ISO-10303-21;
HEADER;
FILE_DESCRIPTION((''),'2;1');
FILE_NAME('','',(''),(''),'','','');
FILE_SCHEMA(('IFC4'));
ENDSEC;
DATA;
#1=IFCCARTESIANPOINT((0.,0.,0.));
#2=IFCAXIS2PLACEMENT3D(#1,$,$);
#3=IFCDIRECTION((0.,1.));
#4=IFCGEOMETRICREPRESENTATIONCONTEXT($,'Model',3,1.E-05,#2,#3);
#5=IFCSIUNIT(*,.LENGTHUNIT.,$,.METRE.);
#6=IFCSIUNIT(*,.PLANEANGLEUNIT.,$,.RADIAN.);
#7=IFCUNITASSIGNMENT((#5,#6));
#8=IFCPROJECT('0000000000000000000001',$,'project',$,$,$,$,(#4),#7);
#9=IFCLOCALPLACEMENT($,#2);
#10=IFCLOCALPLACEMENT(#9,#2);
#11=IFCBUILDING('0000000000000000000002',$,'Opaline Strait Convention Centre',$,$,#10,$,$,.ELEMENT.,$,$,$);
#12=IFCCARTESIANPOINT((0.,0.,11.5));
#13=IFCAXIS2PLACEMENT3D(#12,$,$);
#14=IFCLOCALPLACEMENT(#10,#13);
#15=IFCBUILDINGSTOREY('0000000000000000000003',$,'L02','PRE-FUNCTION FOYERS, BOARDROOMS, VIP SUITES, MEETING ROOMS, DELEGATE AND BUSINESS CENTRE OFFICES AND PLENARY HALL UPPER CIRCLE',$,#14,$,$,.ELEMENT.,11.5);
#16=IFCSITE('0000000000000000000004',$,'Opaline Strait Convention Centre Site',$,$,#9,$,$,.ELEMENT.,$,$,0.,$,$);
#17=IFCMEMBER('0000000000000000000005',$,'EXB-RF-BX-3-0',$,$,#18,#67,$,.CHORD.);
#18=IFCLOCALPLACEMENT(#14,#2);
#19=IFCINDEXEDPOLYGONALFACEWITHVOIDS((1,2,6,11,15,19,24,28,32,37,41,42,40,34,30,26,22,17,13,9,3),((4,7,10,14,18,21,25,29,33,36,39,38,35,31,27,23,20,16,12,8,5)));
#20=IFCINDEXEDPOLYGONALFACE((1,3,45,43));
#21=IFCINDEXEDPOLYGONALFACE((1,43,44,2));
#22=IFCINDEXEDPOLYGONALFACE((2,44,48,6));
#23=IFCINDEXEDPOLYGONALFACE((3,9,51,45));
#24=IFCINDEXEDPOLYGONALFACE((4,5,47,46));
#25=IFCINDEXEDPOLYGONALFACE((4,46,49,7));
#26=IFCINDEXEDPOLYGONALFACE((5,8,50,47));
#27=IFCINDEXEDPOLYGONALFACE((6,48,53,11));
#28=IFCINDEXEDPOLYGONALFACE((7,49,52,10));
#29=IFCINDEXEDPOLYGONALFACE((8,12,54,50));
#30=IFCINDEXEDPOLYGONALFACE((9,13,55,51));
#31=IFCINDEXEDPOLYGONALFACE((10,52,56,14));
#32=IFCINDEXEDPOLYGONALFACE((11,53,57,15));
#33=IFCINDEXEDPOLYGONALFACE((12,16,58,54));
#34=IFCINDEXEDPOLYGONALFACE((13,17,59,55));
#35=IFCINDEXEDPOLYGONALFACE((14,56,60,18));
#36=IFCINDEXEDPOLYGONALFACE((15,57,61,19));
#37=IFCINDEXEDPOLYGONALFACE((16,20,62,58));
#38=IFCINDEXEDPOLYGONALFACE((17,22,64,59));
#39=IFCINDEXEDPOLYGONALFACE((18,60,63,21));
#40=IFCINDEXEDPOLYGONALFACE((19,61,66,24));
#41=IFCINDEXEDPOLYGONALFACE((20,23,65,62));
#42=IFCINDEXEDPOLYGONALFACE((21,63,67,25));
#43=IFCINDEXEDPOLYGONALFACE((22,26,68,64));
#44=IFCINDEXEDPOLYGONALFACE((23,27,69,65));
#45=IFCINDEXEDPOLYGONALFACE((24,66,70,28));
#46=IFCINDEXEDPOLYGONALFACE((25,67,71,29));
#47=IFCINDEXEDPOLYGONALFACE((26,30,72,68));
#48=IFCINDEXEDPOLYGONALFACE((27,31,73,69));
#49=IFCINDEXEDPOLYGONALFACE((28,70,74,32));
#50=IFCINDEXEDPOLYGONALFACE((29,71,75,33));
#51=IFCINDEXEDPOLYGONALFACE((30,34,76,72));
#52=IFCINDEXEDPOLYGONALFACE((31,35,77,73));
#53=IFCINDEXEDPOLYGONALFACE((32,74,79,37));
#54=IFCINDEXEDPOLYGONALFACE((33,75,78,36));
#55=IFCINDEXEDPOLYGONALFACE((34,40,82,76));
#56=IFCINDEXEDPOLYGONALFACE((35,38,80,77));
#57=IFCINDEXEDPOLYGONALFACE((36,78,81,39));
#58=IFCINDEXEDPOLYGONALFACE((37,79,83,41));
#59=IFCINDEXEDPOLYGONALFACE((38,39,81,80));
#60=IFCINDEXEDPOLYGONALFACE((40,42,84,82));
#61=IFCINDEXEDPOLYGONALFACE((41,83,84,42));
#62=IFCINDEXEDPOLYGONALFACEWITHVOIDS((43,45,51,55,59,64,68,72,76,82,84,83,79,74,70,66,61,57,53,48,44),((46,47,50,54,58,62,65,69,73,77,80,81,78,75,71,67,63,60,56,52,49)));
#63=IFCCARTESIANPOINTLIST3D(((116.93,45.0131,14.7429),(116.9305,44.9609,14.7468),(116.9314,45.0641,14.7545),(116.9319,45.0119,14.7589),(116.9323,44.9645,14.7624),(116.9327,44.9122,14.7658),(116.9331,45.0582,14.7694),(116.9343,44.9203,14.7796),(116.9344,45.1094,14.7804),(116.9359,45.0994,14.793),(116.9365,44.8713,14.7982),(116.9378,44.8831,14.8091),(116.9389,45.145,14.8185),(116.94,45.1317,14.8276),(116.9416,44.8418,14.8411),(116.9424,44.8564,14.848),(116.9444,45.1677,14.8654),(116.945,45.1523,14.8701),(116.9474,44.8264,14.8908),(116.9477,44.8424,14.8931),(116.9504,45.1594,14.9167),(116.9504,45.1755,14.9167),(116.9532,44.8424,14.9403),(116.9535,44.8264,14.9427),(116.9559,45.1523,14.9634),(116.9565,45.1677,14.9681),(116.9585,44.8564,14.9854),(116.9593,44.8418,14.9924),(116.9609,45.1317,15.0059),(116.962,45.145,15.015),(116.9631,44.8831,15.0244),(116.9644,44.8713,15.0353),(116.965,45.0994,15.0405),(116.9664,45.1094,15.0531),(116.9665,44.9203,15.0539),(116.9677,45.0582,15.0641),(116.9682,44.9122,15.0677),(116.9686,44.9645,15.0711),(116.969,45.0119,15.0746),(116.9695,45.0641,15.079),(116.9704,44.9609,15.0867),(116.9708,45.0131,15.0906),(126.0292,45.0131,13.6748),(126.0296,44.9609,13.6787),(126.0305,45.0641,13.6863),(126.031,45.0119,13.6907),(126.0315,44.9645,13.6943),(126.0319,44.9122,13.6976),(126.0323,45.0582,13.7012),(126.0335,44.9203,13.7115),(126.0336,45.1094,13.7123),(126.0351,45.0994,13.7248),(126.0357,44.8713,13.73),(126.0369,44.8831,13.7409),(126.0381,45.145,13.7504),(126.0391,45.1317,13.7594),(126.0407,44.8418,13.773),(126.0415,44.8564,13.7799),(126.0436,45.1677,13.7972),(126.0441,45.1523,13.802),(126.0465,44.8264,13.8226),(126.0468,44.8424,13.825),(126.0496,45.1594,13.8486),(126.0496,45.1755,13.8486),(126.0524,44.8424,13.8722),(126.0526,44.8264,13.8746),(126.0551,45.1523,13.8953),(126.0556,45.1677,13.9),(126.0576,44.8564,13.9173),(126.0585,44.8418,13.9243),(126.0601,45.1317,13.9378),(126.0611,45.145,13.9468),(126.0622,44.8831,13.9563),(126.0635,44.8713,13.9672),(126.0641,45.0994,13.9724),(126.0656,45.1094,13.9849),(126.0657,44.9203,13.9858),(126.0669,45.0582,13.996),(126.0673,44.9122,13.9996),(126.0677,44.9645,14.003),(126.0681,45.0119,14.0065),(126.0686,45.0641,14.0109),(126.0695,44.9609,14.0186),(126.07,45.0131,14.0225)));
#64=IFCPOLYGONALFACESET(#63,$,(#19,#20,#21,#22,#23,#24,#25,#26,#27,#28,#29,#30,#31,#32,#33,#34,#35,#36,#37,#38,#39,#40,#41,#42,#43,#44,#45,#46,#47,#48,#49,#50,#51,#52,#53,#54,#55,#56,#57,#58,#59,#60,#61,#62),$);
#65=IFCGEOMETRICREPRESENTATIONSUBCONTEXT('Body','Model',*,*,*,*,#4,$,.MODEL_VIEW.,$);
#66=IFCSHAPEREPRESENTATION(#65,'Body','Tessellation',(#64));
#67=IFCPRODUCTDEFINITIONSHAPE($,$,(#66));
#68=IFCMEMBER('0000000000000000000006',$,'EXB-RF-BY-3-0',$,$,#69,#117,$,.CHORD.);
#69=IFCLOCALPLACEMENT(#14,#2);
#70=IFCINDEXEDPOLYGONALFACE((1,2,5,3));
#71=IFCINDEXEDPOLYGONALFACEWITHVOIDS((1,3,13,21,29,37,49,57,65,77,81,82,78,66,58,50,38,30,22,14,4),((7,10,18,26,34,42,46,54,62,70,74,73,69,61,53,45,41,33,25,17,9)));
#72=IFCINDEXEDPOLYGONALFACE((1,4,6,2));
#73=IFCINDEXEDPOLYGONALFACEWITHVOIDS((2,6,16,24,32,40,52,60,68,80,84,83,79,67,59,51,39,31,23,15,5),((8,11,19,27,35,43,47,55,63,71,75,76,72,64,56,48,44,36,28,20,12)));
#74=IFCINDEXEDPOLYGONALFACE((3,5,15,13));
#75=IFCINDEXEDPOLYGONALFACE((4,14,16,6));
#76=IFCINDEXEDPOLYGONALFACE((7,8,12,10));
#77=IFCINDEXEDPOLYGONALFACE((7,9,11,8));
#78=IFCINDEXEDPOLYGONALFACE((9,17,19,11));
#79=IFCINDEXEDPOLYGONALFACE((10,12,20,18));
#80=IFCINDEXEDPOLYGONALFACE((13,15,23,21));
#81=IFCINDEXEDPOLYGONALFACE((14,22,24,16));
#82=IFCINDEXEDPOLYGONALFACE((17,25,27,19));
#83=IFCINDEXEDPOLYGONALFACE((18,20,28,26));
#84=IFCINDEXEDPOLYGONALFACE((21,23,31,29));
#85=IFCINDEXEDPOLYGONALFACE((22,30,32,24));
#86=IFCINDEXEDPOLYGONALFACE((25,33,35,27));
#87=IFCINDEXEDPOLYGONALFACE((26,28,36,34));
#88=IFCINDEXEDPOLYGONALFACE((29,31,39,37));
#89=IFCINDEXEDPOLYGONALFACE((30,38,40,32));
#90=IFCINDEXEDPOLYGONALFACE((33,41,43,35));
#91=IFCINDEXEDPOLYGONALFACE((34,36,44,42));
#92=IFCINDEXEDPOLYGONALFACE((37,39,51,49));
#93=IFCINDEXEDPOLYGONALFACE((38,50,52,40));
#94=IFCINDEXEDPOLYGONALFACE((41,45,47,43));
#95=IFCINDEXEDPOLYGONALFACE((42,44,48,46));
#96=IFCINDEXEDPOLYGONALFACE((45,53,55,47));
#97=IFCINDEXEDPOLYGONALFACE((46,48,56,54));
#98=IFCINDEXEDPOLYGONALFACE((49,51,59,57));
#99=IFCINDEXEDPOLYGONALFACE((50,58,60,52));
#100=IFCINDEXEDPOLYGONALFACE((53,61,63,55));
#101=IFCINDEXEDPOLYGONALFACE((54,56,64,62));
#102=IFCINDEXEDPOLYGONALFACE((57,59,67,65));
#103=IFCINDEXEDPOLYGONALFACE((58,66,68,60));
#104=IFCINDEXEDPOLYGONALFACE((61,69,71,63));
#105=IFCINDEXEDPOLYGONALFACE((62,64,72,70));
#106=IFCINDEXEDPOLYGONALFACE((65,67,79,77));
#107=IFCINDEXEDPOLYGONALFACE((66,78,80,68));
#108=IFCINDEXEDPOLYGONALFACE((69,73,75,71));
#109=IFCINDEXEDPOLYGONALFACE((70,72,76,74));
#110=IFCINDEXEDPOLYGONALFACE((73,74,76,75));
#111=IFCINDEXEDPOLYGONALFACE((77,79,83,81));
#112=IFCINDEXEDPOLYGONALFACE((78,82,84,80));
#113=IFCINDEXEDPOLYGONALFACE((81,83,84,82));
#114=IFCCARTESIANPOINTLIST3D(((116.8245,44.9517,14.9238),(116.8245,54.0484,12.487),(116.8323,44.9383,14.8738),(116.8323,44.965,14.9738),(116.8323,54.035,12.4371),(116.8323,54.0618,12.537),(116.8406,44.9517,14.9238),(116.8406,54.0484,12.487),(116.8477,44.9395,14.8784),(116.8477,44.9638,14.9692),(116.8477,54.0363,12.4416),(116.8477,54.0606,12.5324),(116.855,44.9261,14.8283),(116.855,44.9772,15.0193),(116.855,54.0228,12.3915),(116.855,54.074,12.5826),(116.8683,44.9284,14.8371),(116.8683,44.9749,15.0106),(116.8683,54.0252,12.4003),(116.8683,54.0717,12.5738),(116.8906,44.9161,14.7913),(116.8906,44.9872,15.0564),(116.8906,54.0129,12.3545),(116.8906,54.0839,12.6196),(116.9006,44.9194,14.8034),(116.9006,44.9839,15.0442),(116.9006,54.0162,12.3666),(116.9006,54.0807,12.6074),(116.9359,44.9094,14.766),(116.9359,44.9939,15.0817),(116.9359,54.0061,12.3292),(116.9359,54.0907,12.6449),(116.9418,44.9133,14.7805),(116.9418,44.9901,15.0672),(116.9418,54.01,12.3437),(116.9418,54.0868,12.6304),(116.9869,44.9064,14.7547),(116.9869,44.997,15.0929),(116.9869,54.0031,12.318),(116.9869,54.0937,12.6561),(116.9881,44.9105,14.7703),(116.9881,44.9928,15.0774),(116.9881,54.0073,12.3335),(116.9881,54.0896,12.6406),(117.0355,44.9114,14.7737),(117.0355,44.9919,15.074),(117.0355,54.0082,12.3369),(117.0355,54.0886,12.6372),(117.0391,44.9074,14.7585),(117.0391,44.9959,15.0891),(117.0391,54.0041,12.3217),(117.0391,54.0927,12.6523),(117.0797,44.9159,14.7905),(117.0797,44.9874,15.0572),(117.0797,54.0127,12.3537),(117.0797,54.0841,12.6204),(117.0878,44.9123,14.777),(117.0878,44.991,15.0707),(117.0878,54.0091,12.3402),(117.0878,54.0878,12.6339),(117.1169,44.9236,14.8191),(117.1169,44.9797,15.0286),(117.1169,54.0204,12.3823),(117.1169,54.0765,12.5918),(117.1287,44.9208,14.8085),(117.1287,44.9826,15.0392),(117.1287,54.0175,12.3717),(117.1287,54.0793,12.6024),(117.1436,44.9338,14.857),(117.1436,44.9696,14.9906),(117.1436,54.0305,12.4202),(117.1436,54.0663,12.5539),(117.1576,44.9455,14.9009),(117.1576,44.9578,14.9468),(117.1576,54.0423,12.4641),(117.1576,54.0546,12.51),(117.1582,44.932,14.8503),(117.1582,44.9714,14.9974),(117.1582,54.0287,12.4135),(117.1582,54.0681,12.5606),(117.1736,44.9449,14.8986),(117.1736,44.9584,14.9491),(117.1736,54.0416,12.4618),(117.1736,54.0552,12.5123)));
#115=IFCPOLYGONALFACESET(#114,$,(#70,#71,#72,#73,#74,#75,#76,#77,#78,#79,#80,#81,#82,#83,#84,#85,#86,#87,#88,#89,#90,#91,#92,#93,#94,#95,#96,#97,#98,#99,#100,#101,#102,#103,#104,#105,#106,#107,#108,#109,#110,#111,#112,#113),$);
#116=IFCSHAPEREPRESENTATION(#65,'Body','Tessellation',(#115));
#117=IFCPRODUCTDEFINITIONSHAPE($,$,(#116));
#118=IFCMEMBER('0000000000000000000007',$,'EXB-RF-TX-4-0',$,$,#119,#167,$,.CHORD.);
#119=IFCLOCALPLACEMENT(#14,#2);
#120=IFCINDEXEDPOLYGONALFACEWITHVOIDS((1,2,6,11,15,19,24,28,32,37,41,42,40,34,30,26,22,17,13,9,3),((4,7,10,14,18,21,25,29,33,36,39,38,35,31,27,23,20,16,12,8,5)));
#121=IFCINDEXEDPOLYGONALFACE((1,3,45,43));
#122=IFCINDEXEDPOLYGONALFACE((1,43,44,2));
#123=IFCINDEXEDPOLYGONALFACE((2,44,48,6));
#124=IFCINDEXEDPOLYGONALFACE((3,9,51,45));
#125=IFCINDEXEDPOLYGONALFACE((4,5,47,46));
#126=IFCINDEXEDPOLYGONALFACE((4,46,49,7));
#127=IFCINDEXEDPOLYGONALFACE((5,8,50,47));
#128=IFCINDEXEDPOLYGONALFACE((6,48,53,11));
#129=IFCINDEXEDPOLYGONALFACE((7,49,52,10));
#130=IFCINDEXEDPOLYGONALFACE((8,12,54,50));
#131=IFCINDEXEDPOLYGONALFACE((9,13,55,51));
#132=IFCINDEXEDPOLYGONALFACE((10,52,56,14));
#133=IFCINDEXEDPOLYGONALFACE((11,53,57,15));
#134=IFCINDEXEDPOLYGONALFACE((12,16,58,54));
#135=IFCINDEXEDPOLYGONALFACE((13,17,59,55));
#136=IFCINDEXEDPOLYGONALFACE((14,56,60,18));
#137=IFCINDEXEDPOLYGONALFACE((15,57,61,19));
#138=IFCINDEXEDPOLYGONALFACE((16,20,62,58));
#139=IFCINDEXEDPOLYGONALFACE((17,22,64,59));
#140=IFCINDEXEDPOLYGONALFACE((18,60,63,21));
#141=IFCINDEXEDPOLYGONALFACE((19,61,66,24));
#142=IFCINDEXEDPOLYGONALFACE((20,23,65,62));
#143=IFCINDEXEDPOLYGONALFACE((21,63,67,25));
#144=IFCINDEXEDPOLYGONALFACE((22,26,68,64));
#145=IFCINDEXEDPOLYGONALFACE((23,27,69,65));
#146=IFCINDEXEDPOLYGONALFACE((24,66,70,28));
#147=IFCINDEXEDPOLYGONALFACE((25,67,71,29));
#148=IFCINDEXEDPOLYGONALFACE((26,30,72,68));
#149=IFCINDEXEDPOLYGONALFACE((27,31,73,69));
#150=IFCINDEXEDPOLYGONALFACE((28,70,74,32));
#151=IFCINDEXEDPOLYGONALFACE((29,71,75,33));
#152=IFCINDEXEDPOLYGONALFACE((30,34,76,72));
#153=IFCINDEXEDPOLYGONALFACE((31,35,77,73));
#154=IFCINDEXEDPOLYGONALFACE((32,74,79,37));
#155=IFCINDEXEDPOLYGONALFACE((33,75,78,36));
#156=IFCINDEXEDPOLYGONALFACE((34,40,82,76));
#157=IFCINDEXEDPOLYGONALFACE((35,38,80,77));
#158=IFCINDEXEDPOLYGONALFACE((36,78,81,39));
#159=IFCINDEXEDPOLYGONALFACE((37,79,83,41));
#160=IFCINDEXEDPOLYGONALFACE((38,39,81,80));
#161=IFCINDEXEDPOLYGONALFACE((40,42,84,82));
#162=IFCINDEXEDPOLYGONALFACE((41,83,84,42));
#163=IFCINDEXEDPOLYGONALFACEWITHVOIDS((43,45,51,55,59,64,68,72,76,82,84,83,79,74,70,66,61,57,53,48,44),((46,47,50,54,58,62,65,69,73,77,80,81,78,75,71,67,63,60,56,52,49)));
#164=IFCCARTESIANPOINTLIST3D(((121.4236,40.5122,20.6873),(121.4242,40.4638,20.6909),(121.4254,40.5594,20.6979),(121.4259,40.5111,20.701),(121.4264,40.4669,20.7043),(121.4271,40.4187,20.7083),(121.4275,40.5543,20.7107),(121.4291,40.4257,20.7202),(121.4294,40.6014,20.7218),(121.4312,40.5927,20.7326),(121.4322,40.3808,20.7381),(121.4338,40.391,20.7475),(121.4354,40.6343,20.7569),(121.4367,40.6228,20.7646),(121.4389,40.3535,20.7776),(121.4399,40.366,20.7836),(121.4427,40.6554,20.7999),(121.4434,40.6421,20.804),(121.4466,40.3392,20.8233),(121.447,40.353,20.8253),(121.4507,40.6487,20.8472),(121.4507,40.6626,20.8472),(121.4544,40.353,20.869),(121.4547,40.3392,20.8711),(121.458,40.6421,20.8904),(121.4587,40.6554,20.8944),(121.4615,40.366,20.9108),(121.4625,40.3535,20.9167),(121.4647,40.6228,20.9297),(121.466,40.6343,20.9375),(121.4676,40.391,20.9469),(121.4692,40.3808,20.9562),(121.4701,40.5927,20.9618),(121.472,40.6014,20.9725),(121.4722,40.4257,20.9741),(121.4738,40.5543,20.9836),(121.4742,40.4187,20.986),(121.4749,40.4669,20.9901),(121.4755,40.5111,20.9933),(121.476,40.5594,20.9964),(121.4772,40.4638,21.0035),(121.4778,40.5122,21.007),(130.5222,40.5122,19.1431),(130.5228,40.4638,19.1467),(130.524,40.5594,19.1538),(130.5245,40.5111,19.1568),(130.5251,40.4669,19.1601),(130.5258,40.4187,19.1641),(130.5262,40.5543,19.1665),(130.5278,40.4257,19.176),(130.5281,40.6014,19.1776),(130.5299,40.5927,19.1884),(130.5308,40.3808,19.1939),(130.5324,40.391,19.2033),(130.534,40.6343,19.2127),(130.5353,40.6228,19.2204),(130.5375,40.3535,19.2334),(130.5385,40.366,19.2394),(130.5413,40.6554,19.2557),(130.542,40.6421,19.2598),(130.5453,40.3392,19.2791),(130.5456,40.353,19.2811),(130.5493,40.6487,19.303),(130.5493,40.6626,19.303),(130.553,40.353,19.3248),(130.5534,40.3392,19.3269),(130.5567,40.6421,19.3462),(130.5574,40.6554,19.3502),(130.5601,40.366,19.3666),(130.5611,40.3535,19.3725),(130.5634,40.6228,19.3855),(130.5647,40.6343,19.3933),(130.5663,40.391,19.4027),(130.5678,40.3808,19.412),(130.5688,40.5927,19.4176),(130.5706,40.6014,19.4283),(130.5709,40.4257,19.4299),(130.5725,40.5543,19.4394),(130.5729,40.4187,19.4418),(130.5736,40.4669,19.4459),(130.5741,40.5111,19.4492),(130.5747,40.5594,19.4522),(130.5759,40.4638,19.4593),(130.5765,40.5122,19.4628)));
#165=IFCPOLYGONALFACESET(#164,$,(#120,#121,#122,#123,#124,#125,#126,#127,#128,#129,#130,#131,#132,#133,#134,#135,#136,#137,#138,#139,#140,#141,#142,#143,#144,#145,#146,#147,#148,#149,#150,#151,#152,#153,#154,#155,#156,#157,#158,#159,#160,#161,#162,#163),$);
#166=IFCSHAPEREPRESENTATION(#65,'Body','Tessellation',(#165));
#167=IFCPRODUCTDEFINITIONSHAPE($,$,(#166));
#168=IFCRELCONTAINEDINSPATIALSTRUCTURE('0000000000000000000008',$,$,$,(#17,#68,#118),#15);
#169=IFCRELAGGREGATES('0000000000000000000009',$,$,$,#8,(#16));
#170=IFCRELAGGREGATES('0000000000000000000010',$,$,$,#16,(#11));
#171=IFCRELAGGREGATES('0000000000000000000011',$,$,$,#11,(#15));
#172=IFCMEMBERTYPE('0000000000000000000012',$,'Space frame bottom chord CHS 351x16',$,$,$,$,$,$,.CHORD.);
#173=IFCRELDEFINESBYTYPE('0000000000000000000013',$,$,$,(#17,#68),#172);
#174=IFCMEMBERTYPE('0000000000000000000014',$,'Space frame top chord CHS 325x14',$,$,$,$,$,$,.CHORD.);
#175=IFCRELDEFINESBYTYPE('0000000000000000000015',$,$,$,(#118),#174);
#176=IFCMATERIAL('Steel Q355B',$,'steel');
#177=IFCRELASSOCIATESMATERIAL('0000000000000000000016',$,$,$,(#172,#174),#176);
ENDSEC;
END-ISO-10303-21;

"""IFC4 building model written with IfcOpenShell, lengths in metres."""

from ifc_helpers import new_model, si_unit, direction, frame, origin, origin_2d, place, context, subcontext, project, spatial, hollow_circle, extrude, material, material_profile, profile_set, type_object, element, save


model = new_model("IFC4")

# Units and contexts
model_context = context("Model", 3, precision=1e-05, world=origin(), true_north=direction((0.0, 1.0)))
body_context = subcontext(model_context, "Body", "Model", "MODEL_VIEW")
ifc_project = project(units=[si_unit("LENGTHUNIT", "METRE"), si_unit("PLANEANGLEUNIT", "RADIAN")], contexts=[model_context])

# Site, building, storey
site_placement = place(None, origin())
site = spatial("IfcSite", under=ifc_project, at=site_placement, Name="Opaline Strait Convention Centre Site", CompositionType="ELEMENT", RefElevation=0.0)
building_placement = place(site_placement, origin())
building = spatial("IfcBuilding", under=site, at=building_placement, Name="Opaline Strait Convention Centre", CompositionType="ELEMENT")
storey_placement = place(building_placement, frame((0.0, 0.0, 11.5)))
storey = spatial("IfcBuildingStorey", under=building, at=storey_placement, Name="L02", Description="PRE-FUNCTION FOYERS, BOARDROOMS, VIP SUITES, MEETING ROOMS, DELEGATE AND BUSINESS CENTRE OFFICES AND PLENARY HALL UPPER CIRCLE", CompositionType="ELEMENT", Elevation=11.5)

# Members
ifc_material_1 = material(Name="Steel Q355B", Category="steel")
ifc_material_profile_1 = material_profile(ifc_material_1, hollow_circle(Radius=0.1755, WallThickness=0.0161, at=origin_2d()), Name="CHS 351x16")
ifc_profile_set_1 = profile_set([ifc_material_profile_1], Name="Steel Q355B")
member_type_1 = type_object("IfcMemberType", Name="Space frame bottom chord CHS 351x16", PredefinedType="CHORD", material=ifc_profile_set_1)
member_1_placement = place(storey_placement, frame((116.9504, 45.0, 14.9167), z_axis=(0.993181, 0.0, -0.116586), x_axis=(0.0, 1.0, 0.0)))
element("IfcMember", 1, at=member_1_placement, inside=storey, type_object=member_type_1, Name="EXB-RF-BX-3-0", PredefinedType="CHORD", context=body_context, shape_type="SweptSolid", body=[
    extrude(hollow_circle(Radius=0.1755, WallThickness=0.0161, at=origin_2d()), origin(), (0.0, 0.0, 1.0), 9.1616),
])
member_2_placement = place(storey_placement, frame((117.0, 44.9517, 14.9238), z_axis=(0.0, 0.965944, -0.258752), x_axis=(-1.0, 0.0, 0.0)))
element("IfcMember", 2, at=member_2_placement, inside=storey, type_object=member_type_1, Name="EXB-RF-BY-3-0", PredefinedType="CHORD", context=body_context, shape_type="SweptSolid", body=[
    extrude(hollow_circle(Radius=0.1755, WallThickness=0.0161, at=origin_2d()), origin(), (0.0, 0.0, 1.0), 9.4175),
])
ifc_material_profile_2 = material_profile(ifc_material_1, hollow_circle(Radius=0.1626, WallThickness=0.0139, at=origin_2d()), Name="CHS 325x14")
ifc_profile_set_2 = profile_set([ifc_material_profile_2], Name="Steel Q355B")
member_type_2 = type_object("IfcMemberType", Name="Space frame top chord CHS 325x14", PredefinedType="CHORD", material=ifc_profile_set_2)
member_3_placement = place(storey_placement, frame((121.4507, 40.5, 20.8472), z_axis=(0.985902, 0.0, -0.167324), x_axis=(0.0, 1.0, 0.0)))
element("IfcMember", 3, at=member_3_placement, inside=storey, type_object=member_type_2, Name="EXB-RF-TX-4-0", PredefinedType="CHORD", context=body_context, shape_type="SweptSolid", body=[
    extrude(hollow_circle(Radius=0.1626, WallThickness=0.0139, at=origin_2d()), origin(), (0.0, 0.0, 1.0), 9.2288),
])

save(model, "model.ifc")
